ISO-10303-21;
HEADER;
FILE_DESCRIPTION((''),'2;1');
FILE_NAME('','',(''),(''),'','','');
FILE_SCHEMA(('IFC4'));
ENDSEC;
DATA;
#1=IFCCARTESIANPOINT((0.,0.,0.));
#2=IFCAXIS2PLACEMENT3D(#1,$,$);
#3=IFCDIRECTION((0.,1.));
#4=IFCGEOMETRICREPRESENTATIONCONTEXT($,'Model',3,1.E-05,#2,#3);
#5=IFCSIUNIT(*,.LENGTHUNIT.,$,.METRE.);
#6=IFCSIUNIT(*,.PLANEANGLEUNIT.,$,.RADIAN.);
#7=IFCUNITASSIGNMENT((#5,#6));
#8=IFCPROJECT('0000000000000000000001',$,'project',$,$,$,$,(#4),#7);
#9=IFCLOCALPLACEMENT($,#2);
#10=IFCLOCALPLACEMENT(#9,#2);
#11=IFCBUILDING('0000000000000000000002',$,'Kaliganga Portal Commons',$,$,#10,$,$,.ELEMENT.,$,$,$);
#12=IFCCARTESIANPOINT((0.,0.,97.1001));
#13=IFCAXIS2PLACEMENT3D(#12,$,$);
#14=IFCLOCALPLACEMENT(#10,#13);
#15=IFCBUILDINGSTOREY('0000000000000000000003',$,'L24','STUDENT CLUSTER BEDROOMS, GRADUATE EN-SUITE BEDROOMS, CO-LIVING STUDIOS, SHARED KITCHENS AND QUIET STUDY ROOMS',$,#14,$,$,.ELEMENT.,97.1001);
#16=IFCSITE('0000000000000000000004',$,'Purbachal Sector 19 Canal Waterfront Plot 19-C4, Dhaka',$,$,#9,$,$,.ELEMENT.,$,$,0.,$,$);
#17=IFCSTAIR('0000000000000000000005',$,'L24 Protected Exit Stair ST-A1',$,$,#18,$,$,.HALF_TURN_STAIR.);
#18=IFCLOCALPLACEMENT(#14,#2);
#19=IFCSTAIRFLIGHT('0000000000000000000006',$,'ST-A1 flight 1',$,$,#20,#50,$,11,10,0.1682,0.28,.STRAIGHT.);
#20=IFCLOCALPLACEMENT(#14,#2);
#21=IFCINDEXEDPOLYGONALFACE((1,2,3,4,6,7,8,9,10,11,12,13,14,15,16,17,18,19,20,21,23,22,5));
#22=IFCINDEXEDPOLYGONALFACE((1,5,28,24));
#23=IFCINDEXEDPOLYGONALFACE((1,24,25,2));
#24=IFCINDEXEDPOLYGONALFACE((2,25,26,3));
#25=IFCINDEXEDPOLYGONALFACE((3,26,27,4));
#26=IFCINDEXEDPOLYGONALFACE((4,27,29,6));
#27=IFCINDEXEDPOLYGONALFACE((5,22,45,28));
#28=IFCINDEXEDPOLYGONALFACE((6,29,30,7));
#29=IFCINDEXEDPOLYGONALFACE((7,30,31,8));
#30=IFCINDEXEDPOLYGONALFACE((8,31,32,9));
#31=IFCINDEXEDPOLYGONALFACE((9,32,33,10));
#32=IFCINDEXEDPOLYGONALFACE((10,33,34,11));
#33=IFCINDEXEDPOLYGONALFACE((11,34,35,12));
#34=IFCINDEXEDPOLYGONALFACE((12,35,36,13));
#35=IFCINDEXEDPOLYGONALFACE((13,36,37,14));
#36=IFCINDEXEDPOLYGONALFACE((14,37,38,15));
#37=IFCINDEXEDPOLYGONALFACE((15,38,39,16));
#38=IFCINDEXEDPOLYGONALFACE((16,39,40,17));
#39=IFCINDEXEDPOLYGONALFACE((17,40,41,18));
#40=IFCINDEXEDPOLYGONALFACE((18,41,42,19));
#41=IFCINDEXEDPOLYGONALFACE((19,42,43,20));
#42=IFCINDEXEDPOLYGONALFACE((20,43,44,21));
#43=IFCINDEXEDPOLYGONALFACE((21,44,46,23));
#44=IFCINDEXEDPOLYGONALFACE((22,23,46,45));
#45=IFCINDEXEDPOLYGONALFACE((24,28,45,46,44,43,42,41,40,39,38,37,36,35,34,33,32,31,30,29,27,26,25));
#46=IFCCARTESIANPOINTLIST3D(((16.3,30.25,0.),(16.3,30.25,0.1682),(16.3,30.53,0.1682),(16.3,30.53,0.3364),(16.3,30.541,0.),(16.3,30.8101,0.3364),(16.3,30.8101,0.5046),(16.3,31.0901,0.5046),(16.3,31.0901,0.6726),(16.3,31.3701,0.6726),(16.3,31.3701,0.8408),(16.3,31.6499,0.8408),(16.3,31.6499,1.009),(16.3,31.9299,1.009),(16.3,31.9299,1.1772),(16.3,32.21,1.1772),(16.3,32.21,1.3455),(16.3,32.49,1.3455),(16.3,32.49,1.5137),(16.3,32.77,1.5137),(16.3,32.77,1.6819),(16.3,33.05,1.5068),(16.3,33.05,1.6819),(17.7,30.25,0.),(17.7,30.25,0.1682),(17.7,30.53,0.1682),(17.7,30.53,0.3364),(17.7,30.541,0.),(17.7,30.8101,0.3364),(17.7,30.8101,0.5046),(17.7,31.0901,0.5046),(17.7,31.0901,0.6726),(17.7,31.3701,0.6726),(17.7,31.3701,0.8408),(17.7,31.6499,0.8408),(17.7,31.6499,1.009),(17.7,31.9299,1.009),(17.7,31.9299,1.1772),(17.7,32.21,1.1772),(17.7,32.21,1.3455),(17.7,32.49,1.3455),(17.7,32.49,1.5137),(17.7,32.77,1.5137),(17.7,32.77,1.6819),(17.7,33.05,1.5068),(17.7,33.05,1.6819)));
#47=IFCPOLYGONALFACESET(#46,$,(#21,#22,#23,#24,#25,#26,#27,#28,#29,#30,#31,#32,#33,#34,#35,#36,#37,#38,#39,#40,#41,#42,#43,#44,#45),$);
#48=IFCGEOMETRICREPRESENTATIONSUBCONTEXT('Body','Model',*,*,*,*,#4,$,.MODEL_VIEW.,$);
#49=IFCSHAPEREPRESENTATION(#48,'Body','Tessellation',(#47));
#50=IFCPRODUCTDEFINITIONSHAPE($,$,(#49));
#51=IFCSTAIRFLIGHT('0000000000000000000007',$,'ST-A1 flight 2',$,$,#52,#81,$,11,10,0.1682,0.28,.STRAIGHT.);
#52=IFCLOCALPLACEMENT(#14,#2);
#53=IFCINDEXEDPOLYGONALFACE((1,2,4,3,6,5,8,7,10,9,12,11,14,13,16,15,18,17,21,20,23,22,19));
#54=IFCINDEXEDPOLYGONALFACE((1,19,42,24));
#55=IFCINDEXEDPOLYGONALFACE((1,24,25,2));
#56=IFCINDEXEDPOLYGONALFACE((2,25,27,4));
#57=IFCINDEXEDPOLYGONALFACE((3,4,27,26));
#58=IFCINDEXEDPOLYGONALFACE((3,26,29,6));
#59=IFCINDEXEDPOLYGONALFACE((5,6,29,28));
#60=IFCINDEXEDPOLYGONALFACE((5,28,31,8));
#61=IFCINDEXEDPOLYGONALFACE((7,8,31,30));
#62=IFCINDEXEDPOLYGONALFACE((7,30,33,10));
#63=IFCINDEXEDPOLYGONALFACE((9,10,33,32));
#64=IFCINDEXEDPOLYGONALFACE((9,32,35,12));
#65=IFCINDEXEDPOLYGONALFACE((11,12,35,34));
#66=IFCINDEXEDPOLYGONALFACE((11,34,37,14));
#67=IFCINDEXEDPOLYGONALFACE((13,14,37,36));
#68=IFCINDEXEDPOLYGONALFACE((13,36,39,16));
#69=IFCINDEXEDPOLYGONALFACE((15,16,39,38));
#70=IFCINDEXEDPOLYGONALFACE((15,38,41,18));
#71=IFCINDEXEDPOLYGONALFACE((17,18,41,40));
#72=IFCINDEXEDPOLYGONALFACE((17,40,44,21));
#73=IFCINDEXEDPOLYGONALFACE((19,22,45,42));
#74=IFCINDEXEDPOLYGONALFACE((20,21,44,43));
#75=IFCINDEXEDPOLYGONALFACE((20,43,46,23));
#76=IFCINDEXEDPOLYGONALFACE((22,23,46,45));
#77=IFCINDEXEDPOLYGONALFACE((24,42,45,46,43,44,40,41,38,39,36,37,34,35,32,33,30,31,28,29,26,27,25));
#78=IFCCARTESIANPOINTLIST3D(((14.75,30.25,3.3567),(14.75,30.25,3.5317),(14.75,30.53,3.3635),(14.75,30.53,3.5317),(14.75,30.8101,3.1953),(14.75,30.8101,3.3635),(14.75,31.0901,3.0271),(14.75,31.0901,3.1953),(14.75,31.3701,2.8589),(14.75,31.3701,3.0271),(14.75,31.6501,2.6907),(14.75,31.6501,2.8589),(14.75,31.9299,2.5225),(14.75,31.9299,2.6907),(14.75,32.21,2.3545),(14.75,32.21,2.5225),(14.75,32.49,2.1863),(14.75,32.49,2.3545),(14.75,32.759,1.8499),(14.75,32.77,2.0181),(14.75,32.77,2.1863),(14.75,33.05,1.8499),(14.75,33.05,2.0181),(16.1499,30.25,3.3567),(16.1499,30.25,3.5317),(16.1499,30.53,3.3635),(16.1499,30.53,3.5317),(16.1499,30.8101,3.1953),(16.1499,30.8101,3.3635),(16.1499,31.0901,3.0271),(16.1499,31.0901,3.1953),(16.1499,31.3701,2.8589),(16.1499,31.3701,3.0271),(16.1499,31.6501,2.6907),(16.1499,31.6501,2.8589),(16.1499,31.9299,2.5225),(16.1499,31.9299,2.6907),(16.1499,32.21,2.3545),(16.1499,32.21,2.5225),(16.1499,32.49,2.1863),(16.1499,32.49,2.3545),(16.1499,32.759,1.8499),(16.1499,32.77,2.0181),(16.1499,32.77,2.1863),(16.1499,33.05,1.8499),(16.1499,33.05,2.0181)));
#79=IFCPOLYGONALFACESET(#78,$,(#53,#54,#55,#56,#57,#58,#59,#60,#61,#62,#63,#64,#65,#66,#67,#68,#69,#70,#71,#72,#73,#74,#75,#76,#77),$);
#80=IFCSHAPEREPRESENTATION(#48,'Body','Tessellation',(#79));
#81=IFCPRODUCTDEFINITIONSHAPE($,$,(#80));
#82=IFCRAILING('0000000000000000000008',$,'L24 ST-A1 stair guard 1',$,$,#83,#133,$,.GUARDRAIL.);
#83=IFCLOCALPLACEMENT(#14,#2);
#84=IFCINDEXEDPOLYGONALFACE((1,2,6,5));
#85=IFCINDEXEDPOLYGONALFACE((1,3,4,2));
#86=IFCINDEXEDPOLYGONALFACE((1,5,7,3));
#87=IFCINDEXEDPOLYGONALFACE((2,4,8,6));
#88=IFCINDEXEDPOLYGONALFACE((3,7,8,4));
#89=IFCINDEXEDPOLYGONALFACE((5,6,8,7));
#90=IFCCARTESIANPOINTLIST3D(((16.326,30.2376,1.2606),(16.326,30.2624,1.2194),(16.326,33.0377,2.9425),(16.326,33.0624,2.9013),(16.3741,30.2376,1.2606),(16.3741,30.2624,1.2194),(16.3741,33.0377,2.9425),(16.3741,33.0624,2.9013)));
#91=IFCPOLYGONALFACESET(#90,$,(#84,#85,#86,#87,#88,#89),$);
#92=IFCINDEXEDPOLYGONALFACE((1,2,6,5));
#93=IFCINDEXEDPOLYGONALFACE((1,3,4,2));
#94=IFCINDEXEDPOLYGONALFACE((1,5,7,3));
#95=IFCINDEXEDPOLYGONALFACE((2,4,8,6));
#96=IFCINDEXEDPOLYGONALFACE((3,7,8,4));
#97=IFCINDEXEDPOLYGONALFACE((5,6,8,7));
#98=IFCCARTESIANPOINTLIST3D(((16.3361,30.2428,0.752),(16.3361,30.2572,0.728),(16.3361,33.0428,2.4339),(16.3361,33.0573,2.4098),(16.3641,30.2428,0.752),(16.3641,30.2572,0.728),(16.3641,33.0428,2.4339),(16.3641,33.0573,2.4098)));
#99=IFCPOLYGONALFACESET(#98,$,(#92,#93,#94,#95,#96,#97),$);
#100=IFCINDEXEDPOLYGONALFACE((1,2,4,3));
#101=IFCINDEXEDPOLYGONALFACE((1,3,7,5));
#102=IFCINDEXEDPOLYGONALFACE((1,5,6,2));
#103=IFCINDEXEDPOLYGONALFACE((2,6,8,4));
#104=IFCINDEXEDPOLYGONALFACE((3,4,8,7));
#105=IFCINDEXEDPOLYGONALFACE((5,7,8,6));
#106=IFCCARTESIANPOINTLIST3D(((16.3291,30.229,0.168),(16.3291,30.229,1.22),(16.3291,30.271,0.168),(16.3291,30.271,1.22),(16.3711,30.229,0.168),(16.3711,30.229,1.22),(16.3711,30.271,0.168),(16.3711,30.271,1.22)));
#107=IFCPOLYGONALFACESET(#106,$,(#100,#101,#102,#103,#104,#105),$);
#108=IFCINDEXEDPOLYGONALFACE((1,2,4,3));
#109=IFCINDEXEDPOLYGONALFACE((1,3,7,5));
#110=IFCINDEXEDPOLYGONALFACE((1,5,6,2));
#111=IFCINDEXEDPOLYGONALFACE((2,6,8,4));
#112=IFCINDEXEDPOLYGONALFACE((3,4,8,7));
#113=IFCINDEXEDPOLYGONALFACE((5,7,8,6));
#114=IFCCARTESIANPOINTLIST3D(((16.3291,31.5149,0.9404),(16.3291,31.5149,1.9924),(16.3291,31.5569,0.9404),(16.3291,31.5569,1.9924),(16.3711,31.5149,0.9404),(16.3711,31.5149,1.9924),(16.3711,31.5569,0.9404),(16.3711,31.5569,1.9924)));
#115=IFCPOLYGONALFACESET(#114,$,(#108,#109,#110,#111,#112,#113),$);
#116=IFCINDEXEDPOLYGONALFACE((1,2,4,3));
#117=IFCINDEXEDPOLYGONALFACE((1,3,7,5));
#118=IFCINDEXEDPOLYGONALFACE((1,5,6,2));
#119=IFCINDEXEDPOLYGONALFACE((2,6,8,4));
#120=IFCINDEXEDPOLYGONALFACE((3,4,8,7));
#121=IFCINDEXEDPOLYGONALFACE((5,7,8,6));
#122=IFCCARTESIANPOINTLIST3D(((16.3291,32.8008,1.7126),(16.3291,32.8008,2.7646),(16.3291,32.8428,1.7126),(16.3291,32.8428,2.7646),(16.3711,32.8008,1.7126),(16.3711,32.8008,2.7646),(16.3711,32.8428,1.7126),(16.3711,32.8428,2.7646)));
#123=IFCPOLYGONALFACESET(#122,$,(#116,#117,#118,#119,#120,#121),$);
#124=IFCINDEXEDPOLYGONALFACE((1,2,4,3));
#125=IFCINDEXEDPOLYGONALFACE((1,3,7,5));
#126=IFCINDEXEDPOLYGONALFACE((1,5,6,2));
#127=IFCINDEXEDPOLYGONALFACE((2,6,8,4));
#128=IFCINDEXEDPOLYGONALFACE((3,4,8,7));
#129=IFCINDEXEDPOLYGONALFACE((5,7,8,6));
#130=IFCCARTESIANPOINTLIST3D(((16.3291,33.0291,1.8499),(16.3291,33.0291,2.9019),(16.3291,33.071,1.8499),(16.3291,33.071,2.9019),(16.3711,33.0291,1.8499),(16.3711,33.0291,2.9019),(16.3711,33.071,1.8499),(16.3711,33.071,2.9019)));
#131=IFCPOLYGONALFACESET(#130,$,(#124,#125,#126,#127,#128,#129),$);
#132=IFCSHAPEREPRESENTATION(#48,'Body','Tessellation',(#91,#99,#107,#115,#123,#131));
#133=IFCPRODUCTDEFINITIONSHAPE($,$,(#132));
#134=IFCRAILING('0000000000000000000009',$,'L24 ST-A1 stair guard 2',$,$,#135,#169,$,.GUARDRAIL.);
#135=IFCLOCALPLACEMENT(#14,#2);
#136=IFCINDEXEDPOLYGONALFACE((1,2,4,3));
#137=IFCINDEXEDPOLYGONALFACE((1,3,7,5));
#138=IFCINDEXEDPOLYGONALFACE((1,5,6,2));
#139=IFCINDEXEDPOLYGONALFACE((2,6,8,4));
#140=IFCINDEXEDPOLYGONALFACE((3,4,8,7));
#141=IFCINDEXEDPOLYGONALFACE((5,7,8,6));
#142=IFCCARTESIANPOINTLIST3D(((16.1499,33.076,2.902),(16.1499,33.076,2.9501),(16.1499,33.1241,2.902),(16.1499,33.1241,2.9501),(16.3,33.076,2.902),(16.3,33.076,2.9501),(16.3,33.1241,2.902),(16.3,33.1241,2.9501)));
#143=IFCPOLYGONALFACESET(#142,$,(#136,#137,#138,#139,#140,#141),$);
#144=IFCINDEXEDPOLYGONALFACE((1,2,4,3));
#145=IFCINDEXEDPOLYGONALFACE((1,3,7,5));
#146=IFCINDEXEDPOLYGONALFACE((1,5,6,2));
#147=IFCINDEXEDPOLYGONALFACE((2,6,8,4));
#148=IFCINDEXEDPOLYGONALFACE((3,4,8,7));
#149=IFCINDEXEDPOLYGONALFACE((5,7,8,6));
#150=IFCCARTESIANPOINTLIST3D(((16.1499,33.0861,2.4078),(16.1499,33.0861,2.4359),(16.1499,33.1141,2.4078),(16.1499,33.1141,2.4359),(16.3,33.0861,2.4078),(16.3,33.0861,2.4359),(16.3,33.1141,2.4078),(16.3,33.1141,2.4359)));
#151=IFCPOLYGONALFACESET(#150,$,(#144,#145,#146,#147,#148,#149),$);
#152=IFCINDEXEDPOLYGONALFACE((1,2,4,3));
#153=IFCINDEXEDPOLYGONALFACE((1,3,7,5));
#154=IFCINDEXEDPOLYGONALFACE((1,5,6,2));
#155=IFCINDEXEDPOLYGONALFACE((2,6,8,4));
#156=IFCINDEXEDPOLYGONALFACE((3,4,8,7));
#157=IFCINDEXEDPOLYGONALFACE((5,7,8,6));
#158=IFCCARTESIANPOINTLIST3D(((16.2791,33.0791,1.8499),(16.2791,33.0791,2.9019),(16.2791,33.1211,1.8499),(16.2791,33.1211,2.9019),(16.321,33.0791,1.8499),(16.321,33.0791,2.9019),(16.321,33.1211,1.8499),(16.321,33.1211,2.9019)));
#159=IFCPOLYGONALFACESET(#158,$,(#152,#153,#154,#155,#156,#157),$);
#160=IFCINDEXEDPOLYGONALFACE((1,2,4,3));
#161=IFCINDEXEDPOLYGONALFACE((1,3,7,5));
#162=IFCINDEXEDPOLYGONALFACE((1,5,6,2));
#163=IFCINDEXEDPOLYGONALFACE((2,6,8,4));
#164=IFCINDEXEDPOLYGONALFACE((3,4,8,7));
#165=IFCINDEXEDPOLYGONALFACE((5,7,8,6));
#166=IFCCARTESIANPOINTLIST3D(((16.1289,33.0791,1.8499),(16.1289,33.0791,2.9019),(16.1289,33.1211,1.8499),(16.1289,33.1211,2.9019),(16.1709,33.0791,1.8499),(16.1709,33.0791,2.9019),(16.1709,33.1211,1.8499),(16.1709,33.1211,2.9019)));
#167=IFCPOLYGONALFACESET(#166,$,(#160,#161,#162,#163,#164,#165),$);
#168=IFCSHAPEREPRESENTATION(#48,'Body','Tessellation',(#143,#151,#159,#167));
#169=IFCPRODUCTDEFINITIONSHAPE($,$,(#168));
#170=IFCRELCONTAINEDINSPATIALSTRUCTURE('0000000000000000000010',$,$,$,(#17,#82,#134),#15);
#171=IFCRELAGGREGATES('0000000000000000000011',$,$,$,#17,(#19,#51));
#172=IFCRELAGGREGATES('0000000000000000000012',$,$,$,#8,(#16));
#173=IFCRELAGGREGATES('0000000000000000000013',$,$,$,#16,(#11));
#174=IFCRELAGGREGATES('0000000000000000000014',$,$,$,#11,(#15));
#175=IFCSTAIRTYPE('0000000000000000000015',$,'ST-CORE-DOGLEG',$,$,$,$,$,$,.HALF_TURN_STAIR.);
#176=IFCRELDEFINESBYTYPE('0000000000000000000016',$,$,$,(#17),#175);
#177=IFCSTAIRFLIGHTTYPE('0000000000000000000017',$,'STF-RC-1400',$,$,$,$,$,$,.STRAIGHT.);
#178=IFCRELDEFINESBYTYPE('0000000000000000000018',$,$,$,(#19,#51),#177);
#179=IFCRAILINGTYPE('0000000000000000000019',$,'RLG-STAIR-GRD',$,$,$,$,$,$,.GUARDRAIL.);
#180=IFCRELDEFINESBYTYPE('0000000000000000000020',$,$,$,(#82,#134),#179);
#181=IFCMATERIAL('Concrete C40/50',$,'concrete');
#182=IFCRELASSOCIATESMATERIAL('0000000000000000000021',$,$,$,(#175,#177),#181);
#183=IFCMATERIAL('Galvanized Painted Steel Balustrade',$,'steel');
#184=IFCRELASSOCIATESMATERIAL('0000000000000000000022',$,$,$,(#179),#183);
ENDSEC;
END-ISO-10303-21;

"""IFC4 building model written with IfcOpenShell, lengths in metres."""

from ifc_helpers import new_model, si_unit, direction, frame, origin, origin_2d, place, context, subcontext, project, spatial, polyline, rectangle, outline, extrude, material, type_object, element, aggregate, save


model = new_model("IFC4")

# Units and contexts
model_context = context("Model", 3, precision=1e-05, world=origin(), true_north=direction((0.0, 1.0)))
body_context = subcontext(model_context, "Body", "Model", "MODEL_VIEW")
ifc_project = project(units=[si_unit("LENGTHUNIT", "METRE"), si_unit("PLANEANGLEUNIT", "RADIAN")], contexts=[model_context])

# Site, building, storey
site_placement = place(None, origin())
site = spatial("IfcSite", under=ifc_project, at=site_placement, Name="Purbachal Sector 19 Canal Waterfront Plot 19-C4, Dhaka", CompositionType="ELEMENT", RefElevation=0.0)
building_placement = place(site_placement, origin())
building = spatial("IfcBuilding", under=site, at=building_placement, Name="Kaliganga Portal Commons", CompositionType="ELEMENT")
storey_placement = place(building_placement, frame((0.0, 0.0, 97.1001)))
storey = spatial("IfcBuildingStorey", under=building, at=storey_placement, Name="L24", Description="STUDENT CLUSTER BEDROOMS, GRADUATE EN-SUITE BEDROOMS, CO-LIVING STUDIOS, SHARED KITCHENS AND QUIET STUDY ROOMS", CompositionType="ELEMENT", Elevation=97.1001)

# Stair, stair flights
ifc_material_1 = material(Name="Concrete C40/50", Category="concrete")
stair_type = type_object("IfcStairType", Name="ST-CORE-DOGLEG", PredefinedType="HALF_TURN_STAIR", material=ifc_material_1)
stair_placement = place(storey_placement, origin())
stair = element("IfcStair", 1, at=stair_placement, inside=storey, type_object=stair_type, Name="L24 Protected Exit Stair ST-A1", PredefinedType="HALF_TURN_STAIR")
stair_flight_type = type_object("IfcStairFlightType", Name="STF-RC-1400", PredefinedType="STRAIGHT", material=ifc_material_1)
stair_flight_1_placement = place(storey_placement, frame((17.0, 30.25, 0.0), z_axis=(0.0, 0.0, 1.0), x_axis=(0.0, 1.0, 0.0)))
stair_flight_1 = element("IfcStairFlight", 2, at=stair_flight_1_placement, type_object=stair_flight_type, Name="ST-A1 flight 1", NumberOfRisers=11, NumberOfTreads=10, PredefinedType="STRAIGHT", RiserHeight=0.1682, TreadLength=0.28, context=body_context, shape_type="SweptSolid", body=[
    extrude(outline(polyline([(0.0, 0.0), (0.0, 0.1682), (0.28, 0.1682), (0.28, 0.3364), (0.5601, 0.3364), (0.5601, 0.5046), (0.8401, 0.5046), (0.8401, 0.6726), (1.1201, 0.6726), (1.1201, 0.8408), (1.3999, 0.8408), (1.3999, 1.009), (1.6799, 1.009), (1.6799, 1.1772), (1.96, 1.1772), (1.96, 1.3455), (2.24, 1.3455), (2.24, 1.5137), (2.52, 1.5137), (2.52, 1.6819), (2.8, 1.6819), (2.8, 1.8501), (2.8, 1.5068), (0.291, 0.0), (0.0, 0.0)])), frame((0.0, 0.7, 0.0), z_axis=(0.0, -1.0, 0.0), x_axis=(1.0, 0.0, 0.0)), (0.0, 0.0, 1.0), 1.3999),
])
stair_flight_2_placement = place(storey_placement, frame((15.45, 33.05, 1.8499), z_axis=(0.0, 0.0, 1.0), x_axis=(0.0, -1.0, 0.0)))
stair_flight_2 = element("IfcStairFlight", 3, at=stair_flight_2_placement, type_object=stair_flight_type, Name="ST-A1 flight 2", NumberOfRisers=11, NumberOfTreads=10, PredefinedType="STRAIGHT", RiserHeight=0.1682, TreadLength=0.28, context=body_context, shape_type="SweptSolid", body=[
    extrude(outline(polyline([(0.0, 0.0), (0.0, 0.1682), (0.28, 0.1682), (0.28, 0.3364), (0.5601, 0.3364), (0.5601, 0.5046), (0.8401, 0.5046), (0.8401, 0.6726), (1.1201, 0.6726), (1.1201, 0.8408), (1.3999, 0.8408), (1.3999, 1.009), (1.6799, 1.009), (1.6799, 1.1772), (1.96, 1.1772), (1.96, 1.3455), (2.24, 1.3455), (2.24, 1.5137), (2.52, 1.5137), (2.52, 1.6819), (2.8, 1.6819), (2.8, 1.8501), (2.8, 1.5068), (0.291, 0.0), (0.0, 0.0)])), frame((0.0, 0.7, 0.0), z_axis=(0.0, -1.0, 0.0), x_axis=(1.0, 0.0, 0.0)), (0.0, 0.0, 1.0), 1.3999),
])
aggregate(stair, [stair_flight_1, stair_flight_2])

# Railings
ifc_material_2 = material(Name="Galvanized Painted Steel Balustrade", Category="steel")
railing_type_1 = type_object("IfcRailingType", Name="RLG-STAIR-GRD", PredefinedType="GUARDRAIL", material=ifc_material_2)
railing_1_placement = place(storey_placement, frame((16.3501, 30.25, 0.168)))
element("IfcRailing", 4, at=railing_1_placement, inside=storey, type_object=railing_type_1, Name="L24 ST-A1 stair guard 1", PredefinedType="GUARDRAIL", context=body_context, shape_type="SweptSolid", body=[
    extrude(rectangle(XDim=0.0481, YDim=0.0481, at=origin_2d()), frame((0.0, 0.0, 1.072), z_axis=(0.0, 0.857242, 0.514913), x_axis=(-1.0, 0.0, 0.0)), (0.0, 0.0, 1.0), 3.2664),
    extrude(rectangle(XDim=0.0281, YDim=0.0281, at=origin_2d()), frame((0.0, 0.0, 0.572), z_axis=(0.0, 0.857242, 0.514913), x_axis=(-1.0, 0.0, 0.0)), (0.0, 0.0, 1.0), 3.2664),
    extrude(rectangle(XDim=0.042, YDim=0.042, at=origin_2d()), origin(), (0.0, 0.0, 1.0), 1.052),
    extrude(rectangle(XDim=0.042, YDim=0.042, at=origin_2d()), frame((0.0, 1.2859, 0.7725)), (0.0, 0.0, 1.0), 1.052),
    extrude(rectangle(XDim=0.042, YDim=0.042, at=origin_2d()), frame((0.0, 2.5718, 1.5447)), (0.0, 0.0, 1.0), 1.052),
    extrude(rectangle(XDim=0.042, YDim=0.042, at=origin_2d()), frame((0.0, 2.8, 1.6819)), (0.0, 0.0, 1.0), 1.052),
])
railing_2_placement = place(storey_placement, frame((16.3, 33.1001, 1.8499)))
element("IfcRailing", 5, at=railing_2_placement, inside=storey, type_object=railing_type_1, Name="L24 ST-A1 stair guard 2", PredefinedType="GUARDRAIL", context=body_context, shape_type="SweptSolid", body=[
    extrude(rectangle(XDim=0.0481, YDim=0.0481, at=origin_2d()), frame((0.0, 0.0, 1.0762), z_axis=(-1.0, 0.0, 0.0), x_axis=(0.0, -1.0, 0.0)), (0.0, 0.0, 1.0), 0.1501),
    extrude(rectangle(XDim=0.0281, YDim=0.0281, at=origin_2d()), frame((0.0, 0.0, 0.572), z_axis=(-1.0, 0.0, 0.0), x_axis=(0.0, -1.0, 0.0)), (0.0, 0.0, 1.0), 0.1501),
    extrude(rectangle(XDim=0.042, YDim=0.042, at=origin_2d()), origin(), (0.0, 0.0, 1.0), 1.052),
    extrude(rectangle(XDim=0.042, YDim=0.042, at=origin_2d()), frame((-0.1501, 0.0, 0.0)), (0.0, 0.0, 1.0), 1.052),
])

save(model, "model.ifc")
